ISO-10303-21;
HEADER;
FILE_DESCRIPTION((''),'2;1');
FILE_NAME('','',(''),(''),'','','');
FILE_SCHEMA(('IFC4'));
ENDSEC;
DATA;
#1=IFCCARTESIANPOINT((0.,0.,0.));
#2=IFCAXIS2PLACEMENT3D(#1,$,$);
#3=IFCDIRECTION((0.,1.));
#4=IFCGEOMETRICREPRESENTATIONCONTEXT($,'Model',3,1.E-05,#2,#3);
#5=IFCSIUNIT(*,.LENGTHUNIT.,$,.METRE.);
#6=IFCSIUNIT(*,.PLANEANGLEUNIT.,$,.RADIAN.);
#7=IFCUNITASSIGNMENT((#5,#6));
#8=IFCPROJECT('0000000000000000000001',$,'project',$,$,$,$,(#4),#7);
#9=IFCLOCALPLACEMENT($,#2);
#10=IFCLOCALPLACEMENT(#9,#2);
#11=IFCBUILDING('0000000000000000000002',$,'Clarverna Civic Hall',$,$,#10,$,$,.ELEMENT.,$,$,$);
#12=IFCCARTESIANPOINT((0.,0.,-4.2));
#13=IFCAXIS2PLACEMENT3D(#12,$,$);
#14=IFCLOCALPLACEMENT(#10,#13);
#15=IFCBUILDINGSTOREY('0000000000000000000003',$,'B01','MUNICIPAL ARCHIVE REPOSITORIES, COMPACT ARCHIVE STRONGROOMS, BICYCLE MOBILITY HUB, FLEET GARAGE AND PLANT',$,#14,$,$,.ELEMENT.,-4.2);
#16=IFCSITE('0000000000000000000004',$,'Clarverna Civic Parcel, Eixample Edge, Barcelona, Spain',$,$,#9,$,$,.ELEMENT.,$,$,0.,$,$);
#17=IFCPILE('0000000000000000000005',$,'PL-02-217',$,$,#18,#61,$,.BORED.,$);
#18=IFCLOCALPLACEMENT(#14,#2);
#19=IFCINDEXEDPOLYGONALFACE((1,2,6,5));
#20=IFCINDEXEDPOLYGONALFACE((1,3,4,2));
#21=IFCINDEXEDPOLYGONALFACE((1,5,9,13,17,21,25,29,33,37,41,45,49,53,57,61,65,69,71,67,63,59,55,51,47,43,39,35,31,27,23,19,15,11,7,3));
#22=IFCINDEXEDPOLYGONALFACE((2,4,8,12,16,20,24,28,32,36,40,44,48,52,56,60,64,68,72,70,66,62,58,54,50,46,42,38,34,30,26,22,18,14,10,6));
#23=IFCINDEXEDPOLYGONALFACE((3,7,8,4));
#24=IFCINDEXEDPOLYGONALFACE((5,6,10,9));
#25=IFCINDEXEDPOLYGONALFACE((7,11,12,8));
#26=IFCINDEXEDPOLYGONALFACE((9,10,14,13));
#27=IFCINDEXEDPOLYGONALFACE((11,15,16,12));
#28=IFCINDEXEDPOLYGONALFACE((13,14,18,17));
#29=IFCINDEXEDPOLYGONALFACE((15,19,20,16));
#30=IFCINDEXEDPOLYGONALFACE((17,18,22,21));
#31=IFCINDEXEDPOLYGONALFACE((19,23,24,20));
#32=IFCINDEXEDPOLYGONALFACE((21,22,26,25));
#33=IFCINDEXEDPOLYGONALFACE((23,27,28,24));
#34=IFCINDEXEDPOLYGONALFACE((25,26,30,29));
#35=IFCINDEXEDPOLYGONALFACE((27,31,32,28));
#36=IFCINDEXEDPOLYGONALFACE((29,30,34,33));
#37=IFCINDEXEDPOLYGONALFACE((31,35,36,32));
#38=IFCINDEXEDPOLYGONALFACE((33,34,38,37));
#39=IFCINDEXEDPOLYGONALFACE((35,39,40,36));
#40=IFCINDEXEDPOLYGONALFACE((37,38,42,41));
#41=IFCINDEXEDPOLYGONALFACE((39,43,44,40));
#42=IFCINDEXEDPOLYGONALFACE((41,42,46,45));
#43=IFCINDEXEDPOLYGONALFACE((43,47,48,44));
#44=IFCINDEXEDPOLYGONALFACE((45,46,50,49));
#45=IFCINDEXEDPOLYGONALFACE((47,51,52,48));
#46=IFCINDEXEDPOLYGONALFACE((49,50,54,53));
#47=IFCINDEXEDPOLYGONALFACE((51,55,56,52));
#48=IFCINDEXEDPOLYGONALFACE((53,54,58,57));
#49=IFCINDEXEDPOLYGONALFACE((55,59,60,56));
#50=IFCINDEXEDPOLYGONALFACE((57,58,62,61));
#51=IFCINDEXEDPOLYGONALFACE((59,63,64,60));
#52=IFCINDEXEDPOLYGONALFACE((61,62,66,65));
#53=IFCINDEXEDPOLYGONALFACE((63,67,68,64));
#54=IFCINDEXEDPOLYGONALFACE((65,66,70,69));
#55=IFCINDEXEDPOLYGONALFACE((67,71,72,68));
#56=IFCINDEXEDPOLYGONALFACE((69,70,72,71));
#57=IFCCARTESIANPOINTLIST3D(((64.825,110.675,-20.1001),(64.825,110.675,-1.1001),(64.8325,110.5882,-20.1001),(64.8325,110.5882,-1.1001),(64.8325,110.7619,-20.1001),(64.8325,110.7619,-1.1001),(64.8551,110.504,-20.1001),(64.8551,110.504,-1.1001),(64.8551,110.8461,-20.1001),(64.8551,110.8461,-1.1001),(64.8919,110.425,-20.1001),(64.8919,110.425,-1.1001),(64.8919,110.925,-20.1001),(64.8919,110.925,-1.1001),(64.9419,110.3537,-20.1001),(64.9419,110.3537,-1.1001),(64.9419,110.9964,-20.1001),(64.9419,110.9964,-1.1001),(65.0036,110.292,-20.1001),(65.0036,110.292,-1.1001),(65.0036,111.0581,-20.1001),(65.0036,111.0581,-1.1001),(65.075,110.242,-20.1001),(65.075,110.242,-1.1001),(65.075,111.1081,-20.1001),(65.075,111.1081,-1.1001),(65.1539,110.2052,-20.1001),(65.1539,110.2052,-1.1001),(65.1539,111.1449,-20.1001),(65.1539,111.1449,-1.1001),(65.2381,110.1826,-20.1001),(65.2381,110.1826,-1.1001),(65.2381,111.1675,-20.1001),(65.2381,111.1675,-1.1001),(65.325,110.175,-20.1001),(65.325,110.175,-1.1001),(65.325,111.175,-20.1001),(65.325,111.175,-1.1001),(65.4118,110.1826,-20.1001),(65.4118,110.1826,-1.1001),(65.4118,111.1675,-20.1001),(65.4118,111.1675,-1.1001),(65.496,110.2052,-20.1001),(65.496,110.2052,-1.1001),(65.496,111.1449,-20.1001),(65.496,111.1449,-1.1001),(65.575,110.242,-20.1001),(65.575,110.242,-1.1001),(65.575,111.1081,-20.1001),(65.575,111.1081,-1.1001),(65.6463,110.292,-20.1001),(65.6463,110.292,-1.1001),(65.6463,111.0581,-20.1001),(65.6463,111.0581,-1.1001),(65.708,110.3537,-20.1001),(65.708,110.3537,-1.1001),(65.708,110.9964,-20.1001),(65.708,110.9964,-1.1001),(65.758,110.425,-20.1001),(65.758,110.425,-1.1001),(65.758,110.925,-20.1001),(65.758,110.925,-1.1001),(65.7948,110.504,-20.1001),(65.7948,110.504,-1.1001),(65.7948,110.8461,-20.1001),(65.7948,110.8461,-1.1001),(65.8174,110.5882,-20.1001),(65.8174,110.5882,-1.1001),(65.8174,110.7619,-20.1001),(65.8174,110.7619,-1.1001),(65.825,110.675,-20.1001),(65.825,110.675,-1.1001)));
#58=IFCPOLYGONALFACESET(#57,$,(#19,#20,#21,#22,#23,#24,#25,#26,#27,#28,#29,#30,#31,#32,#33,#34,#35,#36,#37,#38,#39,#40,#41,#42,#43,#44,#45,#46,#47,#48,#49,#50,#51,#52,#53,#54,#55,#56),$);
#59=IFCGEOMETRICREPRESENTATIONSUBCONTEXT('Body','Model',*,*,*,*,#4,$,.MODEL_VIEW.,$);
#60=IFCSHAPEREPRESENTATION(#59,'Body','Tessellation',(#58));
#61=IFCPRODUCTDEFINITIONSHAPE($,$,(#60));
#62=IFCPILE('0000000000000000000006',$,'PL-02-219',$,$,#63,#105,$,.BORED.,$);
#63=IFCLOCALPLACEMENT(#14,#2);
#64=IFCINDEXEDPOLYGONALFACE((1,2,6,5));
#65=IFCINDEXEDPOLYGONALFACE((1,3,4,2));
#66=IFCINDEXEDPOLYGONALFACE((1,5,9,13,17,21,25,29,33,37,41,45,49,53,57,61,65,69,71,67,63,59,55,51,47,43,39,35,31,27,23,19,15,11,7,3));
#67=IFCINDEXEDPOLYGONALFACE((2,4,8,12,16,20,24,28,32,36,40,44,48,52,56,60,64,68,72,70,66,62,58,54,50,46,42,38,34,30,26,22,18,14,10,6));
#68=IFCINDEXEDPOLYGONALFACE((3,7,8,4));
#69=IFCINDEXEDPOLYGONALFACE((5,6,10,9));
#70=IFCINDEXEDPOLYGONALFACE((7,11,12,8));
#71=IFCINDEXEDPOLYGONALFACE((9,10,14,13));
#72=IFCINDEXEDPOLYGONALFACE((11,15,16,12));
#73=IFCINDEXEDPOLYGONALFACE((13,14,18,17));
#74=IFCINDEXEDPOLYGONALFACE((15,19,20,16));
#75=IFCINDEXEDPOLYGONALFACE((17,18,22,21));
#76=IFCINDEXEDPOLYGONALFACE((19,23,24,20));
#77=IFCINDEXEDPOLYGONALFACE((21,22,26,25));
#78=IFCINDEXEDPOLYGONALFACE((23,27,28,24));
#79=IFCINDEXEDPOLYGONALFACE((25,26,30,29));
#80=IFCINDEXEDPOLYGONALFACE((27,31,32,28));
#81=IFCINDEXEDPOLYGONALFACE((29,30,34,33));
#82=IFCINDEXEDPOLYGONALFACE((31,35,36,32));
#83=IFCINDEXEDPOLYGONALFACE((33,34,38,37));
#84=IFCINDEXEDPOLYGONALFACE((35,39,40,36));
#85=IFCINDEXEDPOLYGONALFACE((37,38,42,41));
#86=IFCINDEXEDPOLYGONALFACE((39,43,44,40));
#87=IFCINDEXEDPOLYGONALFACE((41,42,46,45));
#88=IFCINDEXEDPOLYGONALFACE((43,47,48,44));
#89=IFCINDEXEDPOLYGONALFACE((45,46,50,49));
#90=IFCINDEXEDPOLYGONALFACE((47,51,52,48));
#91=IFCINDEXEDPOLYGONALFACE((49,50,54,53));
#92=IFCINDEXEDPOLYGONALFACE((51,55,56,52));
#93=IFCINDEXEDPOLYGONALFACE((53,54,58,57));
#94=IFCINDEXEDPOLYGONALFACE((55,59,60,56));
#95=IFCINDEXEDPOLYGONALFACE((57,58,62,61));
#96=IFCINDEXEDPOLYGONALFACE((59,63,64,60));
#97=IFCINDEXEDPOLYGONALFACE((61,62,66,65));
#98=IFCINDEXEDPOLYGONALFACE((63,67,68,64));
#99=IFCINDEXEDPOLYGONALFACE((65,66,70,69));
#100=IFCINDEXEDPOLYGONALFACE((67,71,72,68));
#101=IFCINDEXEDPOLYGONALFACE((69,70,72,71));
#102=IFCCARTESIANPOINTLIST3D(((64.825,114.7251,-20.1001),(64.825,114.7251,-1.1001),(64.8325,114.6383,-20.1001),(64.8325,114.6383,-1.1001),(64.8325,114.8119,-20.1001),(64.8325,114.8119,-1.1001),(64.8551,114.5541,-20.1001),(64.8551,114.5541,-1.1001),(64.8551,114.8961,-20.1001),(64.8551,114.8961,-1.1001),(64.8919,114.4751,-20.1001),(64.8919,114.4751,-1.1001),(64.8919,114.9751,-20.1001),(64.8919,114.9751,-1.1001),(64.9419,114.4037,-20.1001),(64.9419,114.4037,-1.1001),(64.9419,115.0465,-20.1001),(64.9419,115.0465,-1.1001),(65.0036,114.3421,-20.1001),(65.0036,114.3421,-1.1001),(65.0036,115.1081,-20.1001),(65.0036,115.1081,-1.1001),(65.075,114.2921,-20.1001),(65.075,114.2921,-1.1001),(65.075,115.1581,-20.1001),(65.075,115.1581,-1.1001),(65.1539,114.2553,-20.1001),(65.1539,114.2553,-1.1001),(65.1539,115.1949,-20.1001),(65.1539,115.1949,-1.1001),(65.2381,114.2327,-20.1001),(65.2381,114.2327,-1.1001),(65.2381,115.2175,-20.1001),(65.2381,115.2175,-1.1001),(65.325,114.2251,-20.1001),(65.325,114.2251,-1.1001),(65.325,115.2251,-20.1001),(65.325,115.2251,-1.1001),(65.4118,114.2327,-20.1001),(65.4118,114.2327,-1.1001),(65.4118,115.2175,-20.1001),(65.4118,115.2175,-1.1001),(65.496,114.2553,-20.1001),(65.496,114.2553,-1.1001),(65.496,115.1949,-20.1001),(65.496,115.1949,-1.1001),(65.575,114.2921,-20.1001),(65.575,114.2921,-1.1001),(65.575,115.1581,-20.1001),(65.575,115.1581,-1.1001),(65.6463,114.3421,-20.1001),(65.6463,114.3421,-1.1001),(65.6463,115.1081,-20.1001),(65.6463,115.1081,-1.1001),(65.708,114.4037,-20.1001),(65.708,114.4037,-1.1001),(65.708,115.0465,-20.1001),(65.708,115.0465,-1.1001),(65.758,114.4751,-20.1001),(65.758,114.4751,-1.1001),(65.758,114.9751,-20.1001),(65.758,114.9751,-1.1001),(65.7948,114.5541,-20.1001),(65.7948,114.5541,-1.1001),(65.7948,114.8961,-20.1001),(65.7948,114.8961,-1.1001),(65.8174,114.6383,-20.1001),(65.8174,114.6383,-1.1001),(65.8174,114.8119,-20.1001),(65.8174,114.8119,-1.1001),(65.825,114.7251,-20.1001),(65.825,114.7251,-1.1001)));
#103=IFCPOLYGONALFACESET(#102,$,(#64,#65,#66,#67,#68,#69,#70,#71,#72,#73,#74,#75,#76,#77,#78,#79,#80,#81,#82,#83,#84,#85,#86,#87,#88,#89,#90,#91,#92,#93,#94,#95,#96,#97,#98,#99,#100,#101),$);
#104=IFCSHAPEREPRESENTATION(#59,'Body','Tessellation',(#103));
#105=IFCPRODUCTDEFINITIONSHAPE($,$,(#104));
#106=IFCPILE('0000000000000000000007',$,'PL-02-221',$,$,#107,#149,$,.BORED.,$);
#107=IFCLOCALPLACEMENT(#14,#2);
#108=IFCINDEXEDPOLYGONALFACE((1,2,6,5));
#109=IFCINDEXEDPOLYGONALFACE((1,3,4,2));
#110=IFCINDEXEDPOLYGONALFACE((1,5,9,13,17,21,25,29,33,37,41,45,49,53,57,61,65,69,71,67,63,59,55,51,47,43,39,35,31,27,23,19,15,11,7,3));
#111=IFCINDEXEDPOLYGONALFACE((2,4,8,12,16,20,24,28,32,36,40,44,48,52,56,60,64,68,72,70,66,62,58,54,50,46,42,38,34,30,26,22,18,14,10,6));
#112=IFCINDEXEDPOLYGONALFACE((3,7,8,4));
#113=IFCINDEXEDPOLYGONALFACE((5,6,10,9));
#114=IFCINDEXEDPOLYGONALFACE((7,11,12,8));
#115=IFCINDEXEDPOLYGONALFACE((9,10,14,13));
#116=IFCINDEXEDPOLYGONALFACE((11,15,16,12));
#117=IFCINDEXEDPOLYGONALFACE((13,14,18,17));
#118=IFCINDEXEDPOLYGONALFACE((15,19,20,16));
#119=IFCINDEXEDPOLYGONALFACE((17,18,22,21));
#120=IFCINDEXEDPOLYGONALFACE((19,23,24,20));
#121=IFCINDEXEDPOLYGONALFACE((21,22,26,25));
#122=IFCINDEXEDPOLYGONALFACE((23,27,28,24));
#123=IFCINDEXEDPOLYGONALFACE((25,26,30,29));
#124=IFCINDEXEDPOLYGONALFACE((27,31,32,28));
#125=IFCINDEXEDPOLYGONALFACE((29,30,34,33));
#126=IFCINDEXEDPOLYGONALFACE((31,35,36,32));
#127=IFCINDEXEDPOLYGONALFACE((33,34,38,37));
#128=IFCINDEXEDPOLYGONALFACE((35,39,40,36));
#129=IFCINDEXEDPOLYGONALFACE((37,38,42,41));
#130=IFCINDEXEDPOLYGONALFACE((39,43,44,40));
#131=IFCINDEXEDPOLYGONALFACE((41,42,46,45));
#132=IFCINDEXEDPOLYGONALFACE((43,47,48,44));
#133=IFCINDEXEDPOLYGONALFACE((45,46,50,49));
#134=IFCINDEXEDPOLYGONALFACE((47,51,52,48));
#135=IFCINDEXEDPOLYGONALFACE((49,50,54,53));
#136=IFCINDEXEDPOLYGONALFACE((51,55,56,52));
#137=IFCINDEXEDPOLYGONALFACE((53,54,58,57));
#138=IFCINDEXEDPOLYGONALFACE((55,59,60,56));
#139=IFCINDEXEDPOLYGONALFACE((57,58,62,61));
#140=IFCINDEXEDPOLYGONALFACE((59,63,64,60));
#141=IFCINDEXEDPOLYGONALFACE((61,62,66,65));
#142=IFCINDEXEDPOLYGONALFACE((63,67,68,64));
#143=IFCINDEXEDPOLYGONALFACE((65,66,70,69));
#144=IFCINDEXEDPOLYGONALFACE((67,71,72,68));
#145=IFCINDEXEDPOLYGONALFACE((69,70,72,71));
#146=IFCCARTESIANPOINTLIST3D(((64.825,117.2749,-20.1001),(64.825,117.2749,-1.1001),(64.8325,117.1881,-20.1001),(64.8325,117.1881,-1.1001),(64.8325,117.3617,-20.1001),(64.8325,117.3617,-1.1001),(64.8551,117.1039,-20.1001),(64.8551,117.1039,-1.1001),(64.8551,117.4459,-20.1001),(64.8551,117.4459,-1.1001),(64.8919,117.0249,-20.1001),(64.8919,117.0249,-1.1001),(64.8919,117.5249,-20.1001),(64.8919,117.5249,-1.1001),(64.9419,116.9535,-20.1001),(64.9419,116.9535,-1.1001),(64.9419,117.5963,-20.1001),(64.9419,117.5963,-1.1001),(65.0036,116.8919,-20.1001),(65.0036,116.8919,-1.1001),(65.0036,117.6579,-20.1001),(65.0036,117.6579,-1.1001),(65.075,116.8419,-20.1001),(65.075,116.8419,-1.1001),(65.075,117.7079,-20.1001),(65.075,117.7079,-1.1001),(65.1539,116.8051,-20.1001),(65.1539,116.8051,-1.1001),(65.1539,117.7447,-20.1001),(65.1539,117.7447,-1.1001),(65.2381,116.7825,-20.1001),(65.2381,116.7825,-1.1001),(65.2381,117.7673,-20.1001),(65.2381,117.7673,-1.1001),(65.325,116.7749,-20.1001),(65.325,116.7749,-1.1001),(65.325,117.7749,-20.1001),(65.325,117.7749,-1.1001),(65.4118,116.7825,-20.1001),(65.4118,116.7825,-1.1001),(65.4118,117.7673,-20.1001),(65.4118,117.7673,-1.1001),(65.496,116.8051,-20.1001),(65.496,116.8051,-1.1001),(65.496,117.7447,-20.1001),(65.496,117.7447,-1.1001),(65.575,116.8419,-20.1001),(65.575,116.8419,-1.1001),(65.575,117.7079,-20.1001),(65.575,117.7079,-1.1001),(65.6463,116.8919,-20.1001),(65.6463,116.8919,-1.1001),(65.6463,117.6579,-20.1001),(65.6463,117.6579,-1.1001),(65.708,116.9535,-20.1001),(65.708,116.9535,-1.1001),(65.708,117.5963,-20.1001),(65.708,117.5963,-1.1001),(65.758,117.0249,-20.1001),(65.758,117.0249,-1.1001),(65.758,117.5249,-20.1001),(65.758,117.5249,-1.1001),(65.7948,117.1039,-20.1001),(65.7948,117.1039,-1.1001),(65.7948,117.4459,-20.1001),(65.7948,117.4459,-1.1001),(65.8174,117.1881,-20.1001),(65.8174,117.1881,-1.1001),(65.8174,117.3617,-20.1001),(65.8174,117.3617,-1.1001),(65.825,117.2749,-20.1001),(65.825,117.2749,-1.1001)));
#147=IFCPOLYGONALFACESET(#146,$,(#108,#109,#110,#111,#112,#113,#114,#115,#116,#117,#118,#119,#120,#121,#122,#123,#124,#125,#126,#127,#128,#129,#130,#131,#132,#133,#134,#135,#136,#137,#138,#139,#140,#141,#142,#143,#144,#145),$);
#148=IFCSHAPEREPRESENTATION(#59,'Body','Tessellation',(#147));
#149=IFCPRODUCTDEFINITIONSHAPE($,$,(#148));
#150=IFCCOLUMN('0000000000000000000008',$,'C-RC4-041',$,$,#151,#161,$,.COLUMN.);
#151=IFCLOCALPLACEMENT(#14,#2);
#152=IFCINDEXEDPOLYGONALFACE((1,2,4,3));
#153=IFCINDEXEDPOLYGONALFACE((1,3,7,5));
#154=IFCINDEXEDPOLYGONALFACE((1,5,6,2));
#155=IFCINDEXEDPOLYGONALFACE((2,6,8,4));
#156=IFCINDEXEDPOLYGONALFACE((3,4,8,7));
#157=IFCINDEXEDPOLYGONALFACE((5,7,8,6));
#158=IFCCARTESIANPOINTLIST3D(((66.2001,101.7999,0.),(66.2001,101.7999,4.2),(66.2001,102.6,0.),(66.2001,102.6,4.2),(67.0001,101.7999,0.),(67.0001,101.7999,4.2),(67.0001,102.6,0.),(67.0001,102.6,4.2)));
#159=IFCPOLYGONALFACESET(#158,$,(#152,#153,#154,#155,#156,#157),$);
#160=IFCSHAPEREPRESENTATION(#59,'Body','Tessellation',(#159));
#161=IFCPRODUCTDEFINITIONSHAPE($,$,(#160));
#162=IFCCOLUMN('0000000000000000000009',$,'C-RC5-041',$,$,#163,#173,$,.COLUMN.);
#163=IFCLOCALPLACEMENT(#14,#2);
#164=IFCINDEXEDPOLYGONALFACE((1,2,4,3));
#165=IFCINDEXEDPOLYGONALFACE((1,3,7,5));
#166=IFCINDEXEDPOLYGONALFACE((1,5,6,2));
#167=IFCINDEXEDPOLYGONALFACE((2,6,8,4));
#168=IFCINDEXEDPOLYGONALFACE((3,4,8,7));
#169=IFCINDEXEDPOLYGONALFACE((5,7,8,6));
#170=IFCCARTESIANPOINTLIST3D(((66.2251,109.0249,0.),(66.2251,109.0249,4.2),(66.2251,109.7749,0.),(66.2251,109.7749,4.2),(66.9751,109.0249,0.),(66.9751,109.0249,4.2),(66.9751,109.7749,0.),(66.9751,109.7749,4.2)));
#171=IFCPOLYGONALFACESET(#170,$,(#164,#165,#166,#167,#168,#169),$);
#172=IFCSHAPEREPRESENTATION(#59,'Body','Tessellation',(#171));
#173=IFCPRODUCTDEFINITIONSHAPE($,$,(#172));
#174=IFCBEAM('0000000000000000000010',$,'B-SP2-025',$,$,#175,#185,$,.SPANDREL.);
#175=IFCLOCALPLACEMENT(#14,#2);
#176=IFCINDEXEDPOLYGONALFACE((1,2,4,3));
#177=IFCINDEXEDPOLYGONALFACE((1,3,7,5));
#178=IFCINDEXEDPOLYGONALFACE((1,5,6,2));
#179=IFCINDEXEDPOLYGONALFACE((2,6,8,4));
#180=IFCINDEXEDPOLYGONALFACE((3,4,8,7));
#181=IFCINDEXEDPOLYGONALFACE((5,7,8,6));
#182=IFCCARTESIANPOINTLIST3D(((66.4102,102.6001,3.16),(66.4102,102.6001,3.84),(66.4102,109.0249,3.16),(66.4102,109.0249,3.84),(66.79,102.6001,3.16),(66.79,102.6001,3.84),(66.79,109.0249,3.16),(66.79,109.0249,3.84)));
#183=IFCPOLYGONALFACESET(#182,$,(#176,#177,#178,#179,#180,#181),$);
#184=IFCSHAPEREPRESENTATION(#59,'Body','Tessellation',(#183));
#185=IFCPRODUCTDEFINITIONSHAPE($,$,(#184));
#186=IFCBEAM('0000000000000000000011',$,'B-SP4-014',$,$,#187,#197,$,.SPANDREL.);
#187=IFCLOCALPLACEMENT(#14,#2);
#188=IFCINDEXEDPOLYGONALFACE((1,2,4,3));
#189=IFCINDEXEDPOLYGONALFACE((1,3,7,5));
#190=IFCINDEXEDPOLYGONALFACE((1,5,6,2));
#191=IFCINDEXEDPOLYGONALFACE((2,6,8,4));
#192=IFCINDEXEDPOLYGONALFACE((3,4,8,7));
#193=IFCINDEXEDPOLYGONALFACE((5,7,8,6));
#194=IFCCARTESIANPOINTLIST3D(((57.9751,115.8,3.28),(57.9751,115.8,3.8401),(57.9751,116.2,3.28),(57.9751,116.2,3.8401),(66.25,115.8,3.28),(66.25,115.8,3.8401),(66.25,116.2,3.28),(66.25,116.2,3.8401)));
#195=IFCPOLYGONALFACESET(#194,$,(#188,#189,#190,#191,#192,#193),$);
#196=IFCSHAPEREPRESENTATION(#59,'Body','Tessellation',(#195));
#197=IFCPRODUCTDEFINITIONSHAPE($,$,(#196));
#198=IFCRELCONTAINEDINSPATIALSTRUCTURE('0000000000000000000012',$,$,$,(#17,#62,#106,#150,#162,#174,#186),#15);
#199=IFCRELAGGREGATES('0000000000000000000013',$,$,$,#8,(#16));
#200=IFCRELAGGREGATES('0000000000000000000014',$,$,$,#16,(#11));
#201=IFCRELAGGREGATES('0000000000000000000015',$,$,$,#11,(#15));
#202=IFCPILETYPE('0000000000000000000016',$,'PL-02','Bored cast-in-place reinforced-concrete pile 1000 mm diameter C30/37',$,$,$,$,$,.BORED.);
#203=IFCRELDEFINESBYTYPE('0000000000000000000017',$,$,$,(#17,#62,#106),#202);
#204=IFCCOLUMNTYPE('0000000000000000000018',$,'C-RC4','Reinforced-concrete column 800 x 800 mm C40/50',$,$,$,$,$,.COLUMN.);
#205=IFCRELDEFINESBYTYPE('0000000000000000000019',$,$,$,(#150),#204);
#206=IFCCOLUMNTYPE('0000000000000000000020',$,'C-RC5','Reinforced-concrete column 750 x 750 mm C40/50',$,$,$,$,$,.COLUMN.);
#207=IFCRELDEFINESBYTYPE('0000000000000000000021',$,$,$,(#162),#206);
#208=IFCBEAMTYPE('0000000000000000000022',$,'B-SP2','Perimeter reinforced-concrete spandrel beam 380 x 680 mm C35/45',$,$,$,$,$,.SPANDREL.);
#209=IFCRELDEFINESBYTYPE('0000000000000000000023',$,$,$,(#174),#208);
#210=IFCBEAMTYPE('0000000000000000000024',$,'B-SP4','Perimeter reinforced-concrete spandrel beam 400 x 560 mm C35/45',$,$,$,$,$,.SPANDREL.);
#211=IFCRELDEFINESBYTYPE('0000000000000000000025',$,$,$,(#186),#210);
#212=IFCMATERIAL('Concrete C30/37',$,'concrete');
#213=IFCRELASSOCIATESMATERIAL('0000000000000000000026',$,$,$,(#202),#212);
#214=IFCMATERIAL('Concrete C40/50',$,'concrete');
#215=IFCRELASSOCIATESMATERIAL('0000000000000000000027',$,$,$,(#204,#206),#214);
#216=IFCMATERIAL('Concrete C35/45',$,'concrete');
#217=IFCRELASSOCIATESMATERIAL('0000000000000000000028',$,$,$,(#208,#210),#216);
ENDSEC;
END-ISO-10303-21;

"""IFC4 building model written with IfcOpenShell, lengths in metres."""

from ifc_helpers import new_model, si_unit, direction, frame, origin, origin_2d, place, context, subcontext, project, spatial, rectangle, circle, extrude, material, material_profile, profile_set, type_object, element, save


model = new_model("IFC4")

# Units and contexts
model_context = context("Model", 3, precision=1e-05, world=origin(), true_north=direction((0.0, 1.0)))
body_context = subcontext(model_context, "Body", "Model", "MODEL_VIEW")
ifc_project = project(units=[si_unit("LENGTHUNIT", "METRE"), si_unit("PLANEANGLEUNIT", "RADIAN")], contexts=[model_context])

# Site, building, storey
site_placement = place(None, origin())
site = spatial("IfcSite", under=ifc_project, at=site_placement, Name="Clarverna Civic Parcel, Eixample Edge, Barcelona, Spain", CompositionType="ELEMENT", RefElevation=0.0)
building_placement = place(site_placement, origin())
building = spatial("IfcBuilding", under=site, at=building_placement, Name="Clarverna Civic Hall", CompositionType="ELEMENT")
storey_placement = place(building_placement, frame((0.0, 0.0, -4.2)))
storey = spatial("IfcBuildingStorey", under=building, at=storey_placement, Name="B01", Description="MUNICIPAL ARCHIVE REPOSITORIES, COMPACT ARCHIVE STRONGROOMS, BICYCLE MOBILITY HUB, FLEET GARAGE AND PLANT", CompositionType="ELEMENT", Elevation=-4.2)

# Shared definitions
ifc_material_1 = material(Name="Concrete C30/37", Category="concrete")

# Piles
ifc_material_profile_1 = material_profile(ifc_material_1, circle(Radius=0.5, at=origin_2d()), Name="BORED PILE D1000")
ifc_profile_set_1 = profile_set([ifc_material_profile_1], Name="Concrete C30/37")
pile_type_1 = type_object("IfcPileType", Name="PL-02", Description="Bored cast-in-place reinforced-concrete pile 1000 mm diameter C30/37", PredefinedType="BORED", material=ifc_profile_set_1)
for number, where, z_axis, x_axis, name in (
    (1, (65.325, 110.675, -1.1001), (0.0, 0.0, -1.0), (1.0, 0.0, 0.0), "PL-02-217"),
    (2, (65.325, 114.7251, -1.1001), (0.0, 0.0, -1.0), (1.0, 0.0, 0.0), "PL-02-219"),
    (3, (65.325, 117.2749, -1.1001), (0.0, 0.0, -1.0), (1.0, 0.0, 0.0), "PL-02-221"),
):
    element("IfcPile", number, at=place(storey_placement, frame(where, z_axis=z_axis, x_axis=x_axis)), inside=storey, type_object=pile_type_1, Name=name, PredefinedType="BORED", context=body_context, shape_type="SweptSolid", body=[
        extrude(circle(Radius=0.5, at=origin_2d()), origin(), (0.0, 0.0, 1.0), 19.0),
    ])

# Columns
ifc_material_2 = material(Name="Concrete C40/50", Category="concrete")
ifc_material_profile_2 = material_profile(ifc_material_2, rectangle(XDim=0.8, YDim=0.8, at=origin_2d()), Name="RC 800x800")
ifc_profile_set_2 = profile_set([ifc_material_profile_2], Name="Concrete C40/50")
column_type_1 = type_object("IfcColumnType", Name="C-RC4", Description="Reinforced-concrete column 800 x 800 mm C40/50", PredefinedType="COLUMN", material=ifc_profile_set_2)
column_1_placement = place(storey_placement, frame((66.6001, 102.2, 0.0), z_axis=(0.0, 0.0, 1.0), x_axis=(1.0, 0.0, 0.0)))
element("IfcColumn", 4, at=column_1_placement, inside=storey, type_object=column_type_1, Name="C-RC4-041", PredefinedType="COLUMN", context=body_context, shape_type="SweptSolid", body=[
    extrude(rectangle(XDim=0.8, YDim=0.8, at=origin_2d()), origin(), (0.0, 0.0, 1.0), 4.2),
])
ifc_material_profile_3 = material_profile(ifc_material_2, rectangle(XDim=0.75, YDim=0.75, at=origin_2d()), Name="RC 750x750")
ifc_profile_set_3 = profile_set([ifc_material_profile_3], Name="Concrete C40/50")
column_type_2 = type_object("IfcColumnType", Name="C-RC5", Description="Reinforced-concrete column 750 x 750 mm C40/50", PredefinedType="COLUMN", material=ifc_profile_set_3)
column_2_placement = place(storey_placement, frame((66.6001, 109.3999, 0.0), z_axis=(0.0, 0.0, 1.0), x_axis=(1.0, 0.0, 0.0)))
element("IfcColumn", 5, at=column_2_placement, inside=storey, type_object=column_type_2, Name="C-RC5-041", PredefinedType="COLUMN", context=body_context, shape_type="SweptSolid", body=[
    extrude(rectangle(XDim=0.75, YDim=0.75, at=origin_2d()), origin(), (0.0, 0.0, 1.0), 4.2),
])

# Beams
ifc_material_3 = material(Name="Concrete C35/45", Category="concrete")
ifc_material_profile_4 = material_profile(ifc_material_3, rectangle(XDim=0.3799, YDim=0.6799, at=origin_2d()), Name="RC 380x680")
ifc_profile_set_4 = profile_set([ifc_material_profile_4], Name="Concrete C35/45")
beam_type_1 = type_object("IfcBeamType", Name="B-SP2", Description="Perimeter reinforced-concrete spandrel beam 380 x 680 mm C35/45", PredefinedType="SPANDREL", material=ifc_profile_set_4)
beam_1_placement = place(storey_placement, frame((66.6001, 102.6001, 3.5), z_axis=(0.0, 1.0, 0.0), x_axis=(-1.0, 0.0, 0.0)))
element("IfcBeam", 6, at=beam_1_placement, inside=storey, type_object=beam_type_1, Name="B-SP2-025", PredefinedType="SPANDREL", context=body_context, shape_type="SweptSolid", body=[
    extrude(rectangle(XDim=0.3799, YDim=0.6799, at=origin_2d()), origin(), (0.0, 0.0, 1.0), 6.4248),
])
ifc_material_profile_5 = material_profile(ifc_material_3, rectangle(XDim=0.3999, YDim=0.5601, at=origin_2d()), Name="RC 400x560")
ifc_profile_set_5 = profile_set([ifc_material_profile_5], Name="Concrete C35/45")
beam_type_2 = type_object("IfcBeamType", Name="B-SP4", Description="Perimeter reinforced-concrete spandrel beam 400 x 560 mm C35/45", PredefinedType="SPANDREL", material=ifc_profile_set_5)
beam_2_placement = place(storey_placement, frame((57.9751, 116.0, 3.5601), z_axis=(1.0, 0.0, 0.0), x_axis=(0.0, 1.0, 0.0)))
element("IfcBeam", 7, at=beam_2_placement, inside=storey, type_object=beam_type_2, Name="B-SP4-014", PredefinedType="SPANDREL", context=body_context, shape_type="SweptSolid", body=[
    extrude(rectangle(XDim=0.3999, YDim=0.5601, at=origin_2d()), origin(), (0.0, 0.0, 1.0), 8.2749),
])

save(model, "model.ifc")
